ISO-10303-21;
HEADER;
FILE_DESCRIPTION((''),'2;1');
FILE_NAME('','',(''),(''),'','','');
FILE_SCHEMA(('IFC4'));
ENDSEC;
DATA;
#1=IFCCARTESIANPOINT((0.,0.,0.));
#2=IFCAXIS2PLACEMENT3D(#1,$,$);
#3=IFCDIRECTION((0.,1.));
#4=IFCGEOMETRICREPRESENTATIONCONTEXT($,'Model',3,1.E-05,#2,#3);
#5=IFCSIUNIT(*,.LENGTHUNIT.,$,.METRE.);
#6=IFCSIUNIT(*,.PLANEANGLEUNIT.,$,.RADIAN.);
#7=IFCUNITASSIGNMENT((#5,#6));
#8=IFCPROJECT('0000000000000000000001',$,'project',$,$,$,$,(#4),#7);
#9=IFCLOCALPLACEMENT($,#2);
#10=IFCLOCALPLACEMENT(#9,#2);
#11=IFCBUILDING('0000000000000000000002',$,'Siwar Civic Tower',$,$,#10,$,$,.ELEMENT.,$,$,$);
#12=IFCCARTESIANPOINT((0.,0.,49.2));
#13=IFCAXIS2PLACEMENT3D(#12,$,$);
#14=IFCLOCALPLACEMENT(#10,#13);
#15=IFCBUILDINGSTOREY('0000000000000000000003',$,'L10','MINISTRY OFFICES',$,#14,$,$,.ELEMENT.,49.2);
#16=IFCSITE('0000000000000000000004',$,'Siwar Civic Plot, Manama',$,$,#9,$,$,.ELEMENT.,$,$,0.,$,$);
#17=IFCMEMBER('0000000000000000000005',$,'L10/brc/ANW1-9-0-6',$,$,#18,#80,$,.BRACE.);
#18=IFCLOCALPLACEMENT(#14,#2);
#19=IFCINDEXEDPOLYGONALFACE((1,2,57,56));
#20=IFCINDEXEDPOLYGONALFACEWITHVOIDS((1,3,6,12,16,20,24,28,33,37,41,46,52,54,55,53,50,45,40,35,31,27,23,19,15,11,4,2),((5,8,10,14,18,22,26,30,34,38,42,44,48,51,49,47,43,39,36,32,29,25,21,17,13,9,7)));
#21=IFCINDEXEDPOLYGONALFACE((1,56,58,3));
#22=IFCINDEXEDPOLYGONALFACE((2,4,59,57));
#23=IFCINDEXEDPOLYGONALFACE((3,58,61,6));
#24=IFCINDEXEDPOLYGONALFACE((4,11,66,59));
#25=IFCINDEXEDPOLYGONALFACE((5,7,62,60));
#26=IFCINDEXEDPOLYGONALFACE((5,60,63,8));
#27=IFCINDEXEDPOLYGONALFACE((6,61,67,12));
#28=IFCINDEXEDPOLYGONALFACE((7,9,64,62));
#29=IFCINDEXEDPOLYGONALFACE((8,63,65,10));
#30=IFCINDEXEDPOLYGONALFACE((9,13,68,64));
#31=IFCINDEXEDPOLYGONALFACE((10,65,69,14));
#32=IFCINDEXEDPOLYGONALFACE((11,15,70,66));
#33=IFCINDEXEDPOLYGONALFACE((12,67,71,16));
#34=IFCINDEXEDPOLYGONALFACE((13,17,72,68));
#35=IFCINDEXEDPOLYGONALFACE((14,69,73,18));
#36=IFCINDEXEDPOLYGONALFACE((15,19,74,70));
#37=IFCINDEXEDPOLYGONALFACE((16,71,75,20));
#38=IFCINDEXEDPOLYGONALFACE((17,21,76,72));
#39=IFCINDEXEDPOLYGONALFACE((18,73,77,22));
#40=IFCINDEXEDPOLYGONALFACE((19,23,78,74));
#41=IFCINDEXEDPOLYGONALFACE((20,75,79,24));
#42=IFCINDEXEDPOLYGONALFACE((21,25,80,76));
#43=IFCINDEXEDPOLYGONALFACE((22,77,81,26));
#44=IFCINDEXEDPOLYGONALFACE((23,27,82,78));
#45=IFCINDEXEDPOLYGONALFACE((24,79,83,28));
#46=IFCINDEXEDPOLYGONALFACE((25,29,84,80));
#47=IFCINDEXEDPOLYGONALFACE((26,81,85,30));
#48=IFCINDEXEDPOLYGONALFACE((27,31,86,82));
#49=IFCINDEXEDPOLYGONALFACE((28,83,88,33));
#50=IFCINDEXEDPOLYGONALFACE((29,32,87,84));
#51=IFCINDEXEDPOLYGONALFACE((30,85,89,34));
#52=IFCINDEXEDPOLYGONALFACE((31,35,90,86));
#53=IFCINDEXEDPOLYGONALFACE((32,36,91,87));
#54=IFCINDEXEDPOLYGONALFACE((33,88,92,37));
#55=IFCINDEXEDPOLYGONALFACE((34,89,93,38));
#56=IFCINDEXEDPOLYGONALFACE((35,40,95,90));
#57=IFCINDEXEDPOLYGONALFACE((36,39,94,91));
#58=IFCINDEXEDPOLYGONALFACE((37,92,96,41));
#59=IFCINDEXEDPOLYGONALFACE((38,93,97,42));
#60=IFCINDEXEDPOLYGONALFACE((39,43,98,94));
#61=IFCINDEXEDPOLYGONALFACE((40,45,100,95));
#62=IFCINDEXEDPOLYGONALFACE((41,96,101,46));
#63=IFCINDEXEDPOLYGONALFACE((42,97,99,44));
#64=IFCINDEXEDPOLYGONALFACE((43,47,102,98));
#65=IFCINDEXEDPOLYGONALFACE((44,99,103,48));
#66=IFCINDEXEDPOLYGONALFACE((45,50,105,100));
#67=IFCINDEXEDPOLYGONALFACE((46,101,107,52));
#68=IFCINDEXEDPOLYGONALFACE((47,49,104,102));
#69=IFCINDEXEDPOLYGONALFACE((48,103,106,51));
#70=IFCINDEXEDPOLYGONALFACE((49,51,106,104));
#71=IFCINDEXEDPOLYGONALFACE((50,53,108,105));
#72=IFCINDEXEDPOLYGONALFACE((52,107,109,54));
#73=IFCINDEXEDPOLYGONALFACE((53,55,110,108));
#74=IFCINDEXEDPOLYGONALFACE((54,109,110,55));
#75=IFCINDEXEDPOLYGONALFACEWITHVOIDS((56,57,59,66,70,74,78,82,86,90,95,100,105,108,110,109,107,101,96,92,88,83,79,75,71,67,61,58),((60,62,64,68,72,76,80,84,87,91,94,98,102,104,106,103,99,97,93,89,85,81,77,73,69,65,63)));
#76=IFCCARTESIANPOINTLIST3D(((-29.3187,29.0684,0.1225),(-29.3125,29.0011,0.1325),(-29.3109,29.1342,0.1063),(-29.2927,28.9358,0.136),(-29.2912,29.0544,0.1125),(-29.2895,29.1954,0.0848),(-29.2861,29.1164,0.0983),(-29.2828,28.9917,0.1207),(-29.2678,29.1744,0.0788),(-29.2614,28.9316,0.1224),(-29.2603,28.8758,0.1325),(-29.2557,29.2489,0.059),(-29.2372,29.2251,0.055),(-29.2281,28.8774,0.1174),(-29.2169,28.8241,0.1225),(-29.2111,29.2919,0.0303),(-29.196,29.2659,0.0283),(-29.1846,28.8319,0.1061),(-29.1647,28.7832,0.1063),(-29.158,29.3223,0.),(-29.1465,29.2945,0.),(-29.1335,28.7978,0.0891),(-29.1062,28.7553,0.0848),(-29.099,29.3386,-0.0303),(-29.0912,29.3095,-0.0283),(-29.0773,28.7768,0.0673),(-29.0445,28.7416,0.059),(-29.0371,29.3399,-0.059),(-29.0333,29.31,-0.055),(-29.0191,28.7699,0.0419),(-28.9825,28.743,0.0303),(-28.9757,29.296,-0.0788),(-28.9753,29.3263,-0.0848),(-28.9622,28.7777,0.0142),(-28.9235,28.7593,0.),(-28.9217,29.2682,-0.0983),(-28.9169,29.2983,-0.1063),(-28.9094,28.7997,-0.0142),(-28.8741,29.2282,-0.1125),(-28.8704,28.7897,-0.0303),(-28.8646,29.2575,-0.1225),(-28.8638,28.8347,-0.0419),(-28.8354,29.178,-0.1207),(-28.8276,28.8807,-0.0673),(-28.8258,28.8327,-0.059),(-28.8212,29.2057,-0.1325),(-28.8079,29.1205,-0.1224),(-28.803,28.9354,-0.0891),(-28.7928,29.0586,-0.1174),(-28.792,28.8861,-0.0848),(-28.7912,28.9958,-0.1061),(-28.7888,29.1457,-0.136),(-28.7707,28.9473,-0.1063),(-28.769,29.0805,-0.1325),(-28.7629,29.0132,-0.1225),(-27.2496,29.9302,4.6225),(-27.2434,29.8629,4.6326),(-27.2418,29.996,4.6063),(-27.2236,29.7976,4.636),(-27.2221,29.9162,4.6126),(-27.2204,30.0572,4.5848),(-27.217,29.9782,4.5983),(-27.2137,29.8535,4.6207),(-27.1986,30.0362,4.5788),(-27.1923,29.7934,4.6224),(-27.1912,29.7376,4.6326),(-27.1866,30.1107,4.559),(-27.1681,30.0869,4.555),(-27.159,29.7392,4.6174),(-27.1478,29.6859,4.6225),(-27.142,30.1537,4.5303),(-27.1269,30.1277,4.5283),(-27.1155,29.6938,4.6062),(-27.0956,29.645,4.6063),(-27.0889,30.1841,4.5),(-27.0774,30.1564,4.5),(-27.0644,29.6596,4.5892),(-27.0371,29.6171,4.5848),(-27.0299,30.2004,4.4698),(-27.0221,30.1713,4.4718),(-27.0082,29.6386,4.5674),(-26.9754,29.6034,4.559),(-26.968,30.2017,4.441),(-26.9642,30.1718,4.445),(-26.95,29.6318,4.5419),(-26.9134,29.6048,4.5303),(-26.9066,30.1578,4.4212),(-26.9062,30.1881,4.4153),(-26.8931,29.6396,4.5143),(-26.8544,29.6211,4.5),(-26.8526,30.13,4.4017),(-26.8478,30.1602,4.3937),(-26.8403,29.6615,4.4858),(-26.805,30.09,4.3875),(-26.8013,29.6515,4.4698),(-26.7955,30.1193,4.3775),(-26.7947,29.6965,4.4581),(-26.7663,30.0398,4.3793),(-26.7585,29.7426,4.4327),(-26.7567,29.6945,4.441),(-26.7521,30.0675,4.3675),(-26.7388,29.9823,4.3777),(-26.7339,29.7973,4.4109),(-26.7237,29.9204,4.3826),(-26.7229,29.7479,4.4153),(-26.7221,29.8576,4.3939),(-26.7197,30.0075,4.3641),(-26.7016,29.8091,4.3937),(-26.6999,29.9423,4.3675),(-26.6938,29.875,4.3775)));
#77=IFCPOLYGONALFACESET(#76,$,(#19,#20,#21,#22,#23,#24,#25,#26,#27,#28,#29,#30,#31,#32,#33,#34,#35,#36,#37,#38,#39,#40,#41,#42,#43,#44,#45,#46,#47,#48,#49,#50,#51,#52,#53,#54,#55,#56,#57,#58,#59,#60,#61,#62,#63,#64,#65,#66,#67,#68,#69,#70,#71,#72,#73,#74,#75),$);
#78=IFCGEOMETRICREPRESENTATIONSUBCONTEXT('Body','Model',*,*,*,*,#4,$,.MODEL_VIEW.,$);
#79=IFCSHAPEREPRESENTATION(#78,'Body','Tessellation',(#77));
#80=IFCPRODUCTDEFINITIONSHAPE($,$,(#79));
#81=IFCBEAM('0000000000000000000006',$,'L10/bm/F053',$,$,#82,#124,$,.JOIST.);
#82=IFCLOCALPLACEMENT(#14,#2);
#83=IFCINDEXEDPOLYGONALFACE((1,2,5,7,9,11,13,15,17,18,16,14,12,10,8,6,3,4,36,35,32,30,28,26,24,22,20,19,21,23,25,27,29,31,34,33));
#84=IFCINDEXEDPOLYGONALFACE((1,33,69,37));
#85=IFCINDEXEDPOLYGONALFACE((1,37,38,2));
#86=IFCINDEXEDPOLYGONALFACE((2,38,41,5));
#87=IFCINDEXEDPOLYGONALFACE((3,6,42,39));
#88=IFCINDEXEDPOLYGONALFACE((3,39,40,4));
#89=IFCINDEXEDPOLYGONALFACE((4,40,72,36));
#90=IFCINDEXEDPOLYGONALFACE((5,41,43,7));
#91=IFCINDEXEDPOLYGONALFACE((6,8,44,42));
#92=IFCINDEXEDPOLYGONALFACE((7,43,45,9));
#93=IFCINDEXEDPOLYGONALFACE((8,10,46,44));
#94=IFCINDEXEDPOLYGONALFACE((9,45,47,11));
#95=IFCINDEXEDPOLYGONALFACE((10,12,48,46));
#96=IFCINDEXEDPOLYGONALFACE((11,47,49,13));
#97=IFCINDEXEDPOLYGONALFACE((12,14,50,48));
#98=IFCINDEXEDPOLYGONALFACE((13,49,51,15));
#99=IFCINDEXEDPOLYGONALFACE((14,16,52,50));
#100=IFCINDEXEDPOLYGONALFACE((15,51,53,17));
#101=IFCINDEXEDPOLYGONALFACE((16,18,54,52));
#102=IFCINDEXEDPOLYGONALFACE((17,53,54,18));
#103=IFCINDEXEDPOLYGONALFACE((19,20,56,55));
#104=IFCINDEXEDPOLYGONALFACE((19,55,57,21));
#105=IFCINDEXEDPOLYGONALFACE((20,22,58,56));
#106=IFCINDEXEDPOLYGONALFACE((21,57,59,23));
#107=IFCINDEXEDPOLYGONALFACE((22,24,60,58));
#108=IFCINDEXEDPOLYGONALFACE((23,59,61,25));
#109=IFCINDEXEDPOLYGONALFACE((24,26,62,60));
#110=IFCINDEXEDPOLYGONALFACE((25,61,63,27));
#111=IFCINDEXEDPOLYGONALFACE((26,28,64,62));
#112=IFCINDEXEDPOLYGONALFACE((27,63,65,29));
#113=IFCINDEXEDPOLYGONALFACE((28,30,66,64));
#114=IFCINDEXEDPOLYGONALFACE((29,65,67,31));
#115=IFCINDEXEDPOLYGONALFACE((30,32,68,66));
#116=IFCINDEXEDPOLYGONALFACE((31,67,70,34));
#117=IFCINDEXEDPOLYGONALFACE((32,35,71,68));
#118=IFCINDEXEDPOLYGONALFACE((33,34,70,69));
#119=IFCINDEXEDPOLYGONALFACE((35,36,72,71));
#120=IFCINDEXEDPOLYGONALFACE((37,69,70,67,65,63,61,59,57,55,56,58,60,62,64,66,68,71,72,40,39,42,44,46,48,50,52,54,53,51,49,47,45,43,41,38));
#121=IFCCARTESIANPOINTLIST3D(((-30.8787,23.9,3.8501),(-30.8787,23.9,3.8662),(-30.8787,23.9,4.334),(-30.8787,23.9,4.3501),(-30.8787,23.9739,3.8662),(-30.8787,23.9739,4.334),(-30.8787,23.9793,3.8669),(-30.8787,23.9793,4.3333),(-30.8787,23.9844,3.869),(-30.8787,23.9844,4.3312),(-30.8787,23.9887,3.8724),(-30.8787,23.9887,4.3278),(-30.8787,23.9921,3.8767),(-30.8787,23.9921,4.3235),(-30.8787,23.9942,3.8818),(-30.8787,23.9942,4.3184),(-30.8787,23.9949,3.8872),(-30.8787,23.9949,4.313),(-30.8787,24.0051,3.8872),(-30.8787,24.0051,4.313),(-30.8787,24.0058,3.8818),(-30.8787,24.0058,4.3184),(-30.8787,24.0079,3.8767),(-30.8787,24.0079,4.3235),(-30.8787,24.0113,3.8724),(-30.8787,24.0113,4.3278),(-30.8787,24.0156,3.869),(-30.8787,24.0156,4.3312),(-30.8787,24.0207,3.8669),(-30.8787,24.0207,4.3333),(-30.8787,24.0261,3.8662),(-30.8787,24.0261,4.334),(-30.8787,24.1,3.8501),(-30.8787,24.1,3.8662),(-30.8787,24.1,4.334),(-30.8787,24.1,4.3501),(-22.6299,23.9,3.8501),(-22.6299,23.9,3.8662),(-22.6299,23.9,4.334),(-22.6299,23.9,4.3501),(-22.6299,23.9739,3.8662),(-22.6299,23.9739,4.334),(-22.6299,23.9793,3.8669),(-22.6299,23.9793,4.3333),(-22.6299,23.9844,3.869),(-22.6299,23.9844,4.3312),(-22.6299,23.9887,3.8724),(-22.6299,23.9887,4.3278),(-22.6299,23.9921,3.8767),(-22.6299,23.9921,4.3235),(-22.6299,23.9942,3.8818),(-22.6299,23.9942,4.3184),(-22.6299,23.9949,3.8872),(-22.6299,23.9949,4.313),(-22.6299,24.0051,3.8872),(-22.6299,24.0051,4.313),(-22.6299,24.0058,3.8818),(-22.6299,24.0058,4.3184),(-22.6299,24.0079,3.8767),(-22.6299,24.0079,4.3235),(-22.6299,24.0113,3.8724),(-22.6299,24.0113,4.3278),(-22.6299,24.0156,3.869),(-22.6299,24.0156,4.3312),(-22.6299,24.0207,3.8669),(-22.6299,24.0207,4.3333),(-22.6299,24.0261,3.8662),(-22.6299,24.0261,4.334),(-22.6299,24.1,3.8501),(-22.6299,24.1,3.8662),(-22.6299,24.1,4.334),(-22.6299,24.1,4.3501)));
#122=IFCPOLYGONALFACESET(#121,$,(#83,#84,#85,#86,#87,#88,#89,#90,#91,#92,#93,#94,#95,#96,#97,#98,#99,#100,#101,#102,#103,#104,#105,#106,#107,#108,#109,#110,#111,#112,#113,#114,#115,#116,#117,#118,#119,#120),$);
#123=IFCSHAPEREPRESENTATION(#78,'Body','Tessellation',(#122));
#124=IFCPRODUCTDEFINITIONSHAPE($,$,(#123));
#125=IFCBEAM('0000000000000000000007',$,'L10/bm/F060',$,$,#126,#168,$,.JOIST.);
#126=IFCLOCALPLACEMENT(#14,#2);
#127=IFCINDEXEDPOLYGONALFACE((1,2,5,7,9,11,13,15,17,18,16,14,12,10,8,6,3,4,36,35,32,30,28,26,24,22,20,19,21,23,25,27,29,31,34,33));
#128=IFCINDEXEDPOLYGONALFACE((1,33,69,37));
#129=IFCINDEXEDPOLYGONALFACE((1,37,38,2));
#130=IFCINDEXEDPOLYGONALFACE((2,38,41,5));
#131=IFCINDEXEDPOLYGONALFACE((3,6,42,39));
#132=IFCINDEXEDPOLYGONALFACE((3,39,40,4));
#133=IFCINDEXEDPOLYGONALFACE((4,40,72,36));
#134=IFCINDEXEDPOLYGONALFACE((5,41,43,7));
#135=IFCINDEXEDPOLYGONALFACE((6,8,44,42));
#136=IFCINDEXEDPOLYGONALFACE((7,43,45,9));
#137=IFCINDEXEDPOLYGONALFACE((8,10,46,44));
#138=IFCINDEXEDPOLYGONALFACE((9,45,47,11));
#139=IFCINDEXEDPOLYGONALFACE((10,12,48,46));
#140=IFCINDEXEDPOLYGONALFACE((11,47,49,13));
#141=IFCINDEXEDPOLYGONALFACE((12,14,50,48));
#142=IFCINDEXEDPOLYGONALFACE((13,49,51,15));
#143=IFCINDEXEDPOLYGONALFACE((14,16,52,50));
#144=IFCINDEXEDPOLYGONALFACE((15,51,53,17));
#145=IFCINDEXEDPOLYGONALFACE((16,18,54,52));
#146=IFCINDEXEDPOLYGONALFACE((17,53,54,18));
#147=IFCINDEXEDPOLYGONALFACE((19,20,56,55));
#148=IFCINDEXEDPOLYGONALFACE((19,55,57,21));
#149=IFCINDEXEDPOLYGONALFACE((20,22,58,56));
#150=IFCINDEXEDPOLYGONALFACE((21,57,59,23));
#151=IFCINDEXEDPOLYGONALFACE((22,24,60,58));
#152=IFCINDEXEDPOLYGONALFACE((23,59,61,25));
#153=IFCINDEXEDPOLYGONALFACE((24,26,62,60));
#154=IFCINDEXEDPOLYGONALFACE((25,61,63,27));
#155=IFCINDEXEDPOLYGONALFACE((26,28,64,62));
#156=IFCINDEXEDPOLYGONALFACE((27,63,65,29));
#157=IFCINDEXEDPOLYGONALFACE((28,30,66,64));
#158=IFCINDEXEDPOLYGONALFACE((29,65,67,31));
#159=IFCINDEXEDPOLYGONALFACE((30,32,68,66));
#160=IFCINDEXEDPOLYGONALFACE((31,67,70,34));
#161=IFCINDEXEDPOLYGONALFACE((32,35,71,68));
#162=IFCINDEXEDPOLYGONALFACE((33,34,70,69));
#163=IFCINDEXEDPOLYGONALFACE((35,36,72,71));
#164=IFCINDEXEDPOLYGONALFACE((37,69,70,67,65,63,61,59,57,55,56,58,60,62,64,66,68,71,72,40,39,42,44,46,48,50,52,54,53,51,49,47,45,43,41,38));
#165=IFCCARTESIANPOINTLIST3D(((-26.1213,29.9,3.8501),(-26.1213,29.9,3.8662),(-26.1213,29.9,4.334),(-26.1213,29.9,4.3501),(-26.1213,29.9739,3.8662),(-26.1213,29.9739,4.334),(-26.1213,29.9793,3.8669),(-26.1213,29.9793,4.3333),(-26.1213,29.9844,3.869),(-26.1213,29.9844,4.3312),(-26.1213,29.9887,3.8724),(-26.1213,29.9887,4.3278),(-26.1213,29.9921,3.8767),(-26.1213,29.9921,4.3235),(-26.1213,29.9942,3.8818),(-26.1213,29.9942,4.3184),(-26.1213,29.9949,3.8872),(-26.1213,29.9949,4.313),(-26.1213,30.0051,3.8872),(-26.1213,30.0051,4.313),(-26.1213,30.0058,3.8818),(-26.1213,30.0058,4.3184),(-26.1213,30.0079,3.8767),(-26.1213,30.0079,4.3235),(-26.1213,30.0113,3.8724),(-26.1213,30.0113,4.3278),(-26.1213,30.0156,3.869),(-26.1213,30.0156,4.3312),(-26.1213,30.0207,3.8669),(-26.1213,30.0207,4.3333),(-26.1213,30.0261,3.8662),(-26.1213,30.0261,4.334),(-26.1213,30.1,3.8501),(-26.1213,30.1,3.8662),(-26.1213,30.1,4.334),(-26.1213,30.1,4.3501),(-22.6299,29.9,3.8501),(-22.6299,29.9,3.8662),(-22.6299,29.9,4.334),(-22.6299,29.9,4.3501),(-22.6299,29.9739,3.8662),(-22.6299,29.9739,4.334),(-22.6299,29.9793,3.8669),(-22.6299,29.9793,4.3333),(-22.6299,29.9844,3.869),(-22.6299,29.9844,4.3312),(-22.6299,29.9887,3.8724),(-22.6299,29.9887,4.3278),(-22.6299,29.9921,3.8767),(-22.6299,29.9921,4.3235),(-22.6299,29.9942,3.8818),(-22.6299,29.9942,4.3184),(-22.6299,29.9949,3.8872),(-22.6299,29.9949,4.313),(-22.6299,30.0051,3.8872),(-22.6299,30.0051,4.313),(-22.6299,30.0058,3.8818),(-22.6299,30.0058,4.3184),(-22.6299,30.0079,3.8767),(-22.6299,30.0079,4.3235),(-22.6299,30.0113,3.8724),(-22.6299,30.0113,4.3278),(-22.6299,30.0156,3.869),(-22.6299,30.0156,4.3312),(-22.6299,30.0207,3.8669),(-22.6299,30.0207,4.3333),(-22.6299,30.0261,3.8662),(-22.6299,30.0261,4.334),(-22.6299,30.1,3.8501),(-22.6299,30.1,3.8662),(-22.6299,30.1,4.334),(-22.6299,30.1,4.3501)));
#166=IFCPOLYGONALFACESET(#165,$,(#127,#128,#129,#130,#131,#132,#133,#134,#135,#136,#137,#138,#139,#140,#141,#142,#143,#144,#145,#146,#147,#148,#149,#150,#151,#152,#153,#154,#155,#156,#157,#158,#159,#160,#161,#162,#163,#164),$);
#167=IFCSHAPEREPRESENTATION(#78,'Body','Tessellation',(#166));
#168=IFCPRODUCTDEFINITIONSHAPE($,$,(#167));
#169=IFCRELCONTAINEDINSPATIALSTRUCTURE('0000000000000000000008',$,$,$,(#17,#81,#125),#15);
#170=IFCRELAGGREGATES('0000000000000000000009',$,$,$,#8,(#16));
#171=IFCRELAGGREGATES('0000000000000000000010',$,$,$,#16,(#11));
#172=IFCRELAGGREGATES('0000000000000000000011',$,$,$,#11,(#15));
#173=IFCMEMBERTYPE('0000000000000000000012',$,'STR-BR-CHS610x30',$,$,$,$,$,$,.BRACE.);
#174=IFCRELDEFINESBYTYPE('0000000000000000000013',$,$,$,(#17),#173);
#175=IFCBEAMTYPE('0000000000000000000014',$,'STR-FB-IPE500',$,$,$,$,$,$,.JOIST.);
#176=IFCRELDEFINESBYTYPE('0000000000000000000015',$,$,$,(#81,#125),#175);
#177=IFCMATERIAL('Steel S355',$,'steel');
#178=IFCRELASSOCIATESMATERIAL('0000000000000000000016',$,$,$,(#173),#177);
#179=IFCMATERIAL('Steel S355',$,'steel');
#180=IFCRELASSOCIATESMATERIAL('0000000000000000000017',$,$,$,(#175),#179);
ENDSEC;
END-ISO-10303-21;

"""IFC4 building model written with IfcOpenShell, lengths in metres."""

from ifc_helpers import new_model, si_unit, direction, frame, origin, origin_2d, place, context, subcontext, project, spatial, hollow_circle, i_section, extrude, material, material_profile, profile_set, type_object, element, save


model = new_model("IFC4")

# Units and contexts
model_context = context("Model", 3, precision=1e-05, world=origin(), true_north=direction((0.0, 1.0)))
body_context = subcontext(model_context, "Body", "Model", "MODEL_VIEW")
ifc_project = project(units=[si_unit("LENGTHUNIT", "METRE"), si_unit("PLANEANGLEUNIT", "RADIAN")], contexts=[model_context])

# Site, building, storey
site_placement = place(None, origin())
site = spatial("IfcSite", under=ifc_project, at=site_placement, Name="Siwar Civic Plot, Manama", CompositionType="ELEMENT", RefElevation=0.0)
building_placement = place(site_placement, origin())
building = spatial("IfcBuilding", under=site, at=building_placement, Name="Siwar Civic Tower", CompositionType="ELEMENT")
storey_placement = place(building_placement, frame((0.0, 0.0, 49.2)))
storey = spatial("IfcBuildingStorey", under=building, at=storey_placement, Name="L10", Description="MINISTRY OFFICES", CompositionType="ELEMENT", Elevation=49.2)

# Member
ifc_material_1 = material(Name="Steel S355", Category="steel")
ifc_material_profile_1 = material_profile(ifc_material_1, hollow_circle(Radius=0.3049, WallThickness=0.03, at=origin_2d()), Name="CHS610x30")
ifc_profile_set_1 = profile_set([ifc_material_profile_1], Name="Steel S355")
member_type_1 = type_object("IfcMemberType", Name="STR-BR-CHS610x30", PredefinedType="BRACE", material=ifc_profile_set_1)
member_1_placement = place(storey_placement, frame((-29.0408, 29.0408, 0.0), z_axis=(0.41157, 0.171427, 0.895111), x_axis=(-0.384499, 0.923125, 0.0)))
element("IfcMember", 1, at=member_1_placement, inside=storey, type_object=member_type_1, Name="L10/brc/ANW1-9-0-6", PredefinedType="BRACE", context=body_context, shape_type="SweptSolid", body=[
    extrude(hollow_circle(Radius=0.3049, WallThickness=0.03, at=origin_2d()), origin(), (0.0, 0.0, 1.0), 5.0273),
])

# Beams
ifc_material_2 = material(Name="Steel S355", Category="steel")
ifc_material_profile_2 = material_profile(ifc_material_2, i_section(OverallWidth=0.2, OverallDepth=0.5, WebThickness=0.0103, FlangeThickness=0.0161, FilletRadius=0.021, at=origin_2d()), Name="IPE500")
ifc_profile_set_2 = profile_set([ifc_material_profile_2], Name="Steel S355")
beam_type_1 = type_object("IfcBeamType", Name="STR-FB-IPE500", PredefinedType="JOIST", material=ifc_profile_set_2)
beam_1_placement = place(storey_placement, frame((-30.8787, 24.0, 4.1001), z_axis=(1.0, 0.0, 0.0), x_axis=(0.0, 1.0, 0.0)))
element("IfcBeam", 2, at=beam_1_placement, inside=storey, type_object=beam_type_1, Name="L10/bm/F053", PredefinedType="JOIST", context=body_context, shape_type="SweptSolid", body=[
    extrude(i_section(OverallWidth=0.2, OverallDepth=0.5, WebThickness=0.0103, FlangeThickness=0.0161, FilletRadius=0.021, at=origin_2d()), origin(), (0.0, 0.0, 1.0), 8.2488),
])
beam_2_placement = place(storey_placement, frame((-26.1213, 30.0, 4.1001), z_axis=(1.0, 0.0, 0.0), x_axis=(0.0, 1.0, 0.0)))
element("IfcBeam", 3, at=beam_2_placement, inside=storey, type_object=beam_type_1, Name="L10/bm/F060", PredefinedType="JOIST", context=body_context, shape_type="SweptSolid", body=[
    extrude(i_section(OverallWidth=0.2, OverallDepth=0.5, WebThickness=0.0103, FlangeThickness=0.0161, FilletRadius=0.021, at=origin_2d()), origin(), (0.0, 0.0, 1.0), 3.4915),
])

save(model, "model.ifc")
